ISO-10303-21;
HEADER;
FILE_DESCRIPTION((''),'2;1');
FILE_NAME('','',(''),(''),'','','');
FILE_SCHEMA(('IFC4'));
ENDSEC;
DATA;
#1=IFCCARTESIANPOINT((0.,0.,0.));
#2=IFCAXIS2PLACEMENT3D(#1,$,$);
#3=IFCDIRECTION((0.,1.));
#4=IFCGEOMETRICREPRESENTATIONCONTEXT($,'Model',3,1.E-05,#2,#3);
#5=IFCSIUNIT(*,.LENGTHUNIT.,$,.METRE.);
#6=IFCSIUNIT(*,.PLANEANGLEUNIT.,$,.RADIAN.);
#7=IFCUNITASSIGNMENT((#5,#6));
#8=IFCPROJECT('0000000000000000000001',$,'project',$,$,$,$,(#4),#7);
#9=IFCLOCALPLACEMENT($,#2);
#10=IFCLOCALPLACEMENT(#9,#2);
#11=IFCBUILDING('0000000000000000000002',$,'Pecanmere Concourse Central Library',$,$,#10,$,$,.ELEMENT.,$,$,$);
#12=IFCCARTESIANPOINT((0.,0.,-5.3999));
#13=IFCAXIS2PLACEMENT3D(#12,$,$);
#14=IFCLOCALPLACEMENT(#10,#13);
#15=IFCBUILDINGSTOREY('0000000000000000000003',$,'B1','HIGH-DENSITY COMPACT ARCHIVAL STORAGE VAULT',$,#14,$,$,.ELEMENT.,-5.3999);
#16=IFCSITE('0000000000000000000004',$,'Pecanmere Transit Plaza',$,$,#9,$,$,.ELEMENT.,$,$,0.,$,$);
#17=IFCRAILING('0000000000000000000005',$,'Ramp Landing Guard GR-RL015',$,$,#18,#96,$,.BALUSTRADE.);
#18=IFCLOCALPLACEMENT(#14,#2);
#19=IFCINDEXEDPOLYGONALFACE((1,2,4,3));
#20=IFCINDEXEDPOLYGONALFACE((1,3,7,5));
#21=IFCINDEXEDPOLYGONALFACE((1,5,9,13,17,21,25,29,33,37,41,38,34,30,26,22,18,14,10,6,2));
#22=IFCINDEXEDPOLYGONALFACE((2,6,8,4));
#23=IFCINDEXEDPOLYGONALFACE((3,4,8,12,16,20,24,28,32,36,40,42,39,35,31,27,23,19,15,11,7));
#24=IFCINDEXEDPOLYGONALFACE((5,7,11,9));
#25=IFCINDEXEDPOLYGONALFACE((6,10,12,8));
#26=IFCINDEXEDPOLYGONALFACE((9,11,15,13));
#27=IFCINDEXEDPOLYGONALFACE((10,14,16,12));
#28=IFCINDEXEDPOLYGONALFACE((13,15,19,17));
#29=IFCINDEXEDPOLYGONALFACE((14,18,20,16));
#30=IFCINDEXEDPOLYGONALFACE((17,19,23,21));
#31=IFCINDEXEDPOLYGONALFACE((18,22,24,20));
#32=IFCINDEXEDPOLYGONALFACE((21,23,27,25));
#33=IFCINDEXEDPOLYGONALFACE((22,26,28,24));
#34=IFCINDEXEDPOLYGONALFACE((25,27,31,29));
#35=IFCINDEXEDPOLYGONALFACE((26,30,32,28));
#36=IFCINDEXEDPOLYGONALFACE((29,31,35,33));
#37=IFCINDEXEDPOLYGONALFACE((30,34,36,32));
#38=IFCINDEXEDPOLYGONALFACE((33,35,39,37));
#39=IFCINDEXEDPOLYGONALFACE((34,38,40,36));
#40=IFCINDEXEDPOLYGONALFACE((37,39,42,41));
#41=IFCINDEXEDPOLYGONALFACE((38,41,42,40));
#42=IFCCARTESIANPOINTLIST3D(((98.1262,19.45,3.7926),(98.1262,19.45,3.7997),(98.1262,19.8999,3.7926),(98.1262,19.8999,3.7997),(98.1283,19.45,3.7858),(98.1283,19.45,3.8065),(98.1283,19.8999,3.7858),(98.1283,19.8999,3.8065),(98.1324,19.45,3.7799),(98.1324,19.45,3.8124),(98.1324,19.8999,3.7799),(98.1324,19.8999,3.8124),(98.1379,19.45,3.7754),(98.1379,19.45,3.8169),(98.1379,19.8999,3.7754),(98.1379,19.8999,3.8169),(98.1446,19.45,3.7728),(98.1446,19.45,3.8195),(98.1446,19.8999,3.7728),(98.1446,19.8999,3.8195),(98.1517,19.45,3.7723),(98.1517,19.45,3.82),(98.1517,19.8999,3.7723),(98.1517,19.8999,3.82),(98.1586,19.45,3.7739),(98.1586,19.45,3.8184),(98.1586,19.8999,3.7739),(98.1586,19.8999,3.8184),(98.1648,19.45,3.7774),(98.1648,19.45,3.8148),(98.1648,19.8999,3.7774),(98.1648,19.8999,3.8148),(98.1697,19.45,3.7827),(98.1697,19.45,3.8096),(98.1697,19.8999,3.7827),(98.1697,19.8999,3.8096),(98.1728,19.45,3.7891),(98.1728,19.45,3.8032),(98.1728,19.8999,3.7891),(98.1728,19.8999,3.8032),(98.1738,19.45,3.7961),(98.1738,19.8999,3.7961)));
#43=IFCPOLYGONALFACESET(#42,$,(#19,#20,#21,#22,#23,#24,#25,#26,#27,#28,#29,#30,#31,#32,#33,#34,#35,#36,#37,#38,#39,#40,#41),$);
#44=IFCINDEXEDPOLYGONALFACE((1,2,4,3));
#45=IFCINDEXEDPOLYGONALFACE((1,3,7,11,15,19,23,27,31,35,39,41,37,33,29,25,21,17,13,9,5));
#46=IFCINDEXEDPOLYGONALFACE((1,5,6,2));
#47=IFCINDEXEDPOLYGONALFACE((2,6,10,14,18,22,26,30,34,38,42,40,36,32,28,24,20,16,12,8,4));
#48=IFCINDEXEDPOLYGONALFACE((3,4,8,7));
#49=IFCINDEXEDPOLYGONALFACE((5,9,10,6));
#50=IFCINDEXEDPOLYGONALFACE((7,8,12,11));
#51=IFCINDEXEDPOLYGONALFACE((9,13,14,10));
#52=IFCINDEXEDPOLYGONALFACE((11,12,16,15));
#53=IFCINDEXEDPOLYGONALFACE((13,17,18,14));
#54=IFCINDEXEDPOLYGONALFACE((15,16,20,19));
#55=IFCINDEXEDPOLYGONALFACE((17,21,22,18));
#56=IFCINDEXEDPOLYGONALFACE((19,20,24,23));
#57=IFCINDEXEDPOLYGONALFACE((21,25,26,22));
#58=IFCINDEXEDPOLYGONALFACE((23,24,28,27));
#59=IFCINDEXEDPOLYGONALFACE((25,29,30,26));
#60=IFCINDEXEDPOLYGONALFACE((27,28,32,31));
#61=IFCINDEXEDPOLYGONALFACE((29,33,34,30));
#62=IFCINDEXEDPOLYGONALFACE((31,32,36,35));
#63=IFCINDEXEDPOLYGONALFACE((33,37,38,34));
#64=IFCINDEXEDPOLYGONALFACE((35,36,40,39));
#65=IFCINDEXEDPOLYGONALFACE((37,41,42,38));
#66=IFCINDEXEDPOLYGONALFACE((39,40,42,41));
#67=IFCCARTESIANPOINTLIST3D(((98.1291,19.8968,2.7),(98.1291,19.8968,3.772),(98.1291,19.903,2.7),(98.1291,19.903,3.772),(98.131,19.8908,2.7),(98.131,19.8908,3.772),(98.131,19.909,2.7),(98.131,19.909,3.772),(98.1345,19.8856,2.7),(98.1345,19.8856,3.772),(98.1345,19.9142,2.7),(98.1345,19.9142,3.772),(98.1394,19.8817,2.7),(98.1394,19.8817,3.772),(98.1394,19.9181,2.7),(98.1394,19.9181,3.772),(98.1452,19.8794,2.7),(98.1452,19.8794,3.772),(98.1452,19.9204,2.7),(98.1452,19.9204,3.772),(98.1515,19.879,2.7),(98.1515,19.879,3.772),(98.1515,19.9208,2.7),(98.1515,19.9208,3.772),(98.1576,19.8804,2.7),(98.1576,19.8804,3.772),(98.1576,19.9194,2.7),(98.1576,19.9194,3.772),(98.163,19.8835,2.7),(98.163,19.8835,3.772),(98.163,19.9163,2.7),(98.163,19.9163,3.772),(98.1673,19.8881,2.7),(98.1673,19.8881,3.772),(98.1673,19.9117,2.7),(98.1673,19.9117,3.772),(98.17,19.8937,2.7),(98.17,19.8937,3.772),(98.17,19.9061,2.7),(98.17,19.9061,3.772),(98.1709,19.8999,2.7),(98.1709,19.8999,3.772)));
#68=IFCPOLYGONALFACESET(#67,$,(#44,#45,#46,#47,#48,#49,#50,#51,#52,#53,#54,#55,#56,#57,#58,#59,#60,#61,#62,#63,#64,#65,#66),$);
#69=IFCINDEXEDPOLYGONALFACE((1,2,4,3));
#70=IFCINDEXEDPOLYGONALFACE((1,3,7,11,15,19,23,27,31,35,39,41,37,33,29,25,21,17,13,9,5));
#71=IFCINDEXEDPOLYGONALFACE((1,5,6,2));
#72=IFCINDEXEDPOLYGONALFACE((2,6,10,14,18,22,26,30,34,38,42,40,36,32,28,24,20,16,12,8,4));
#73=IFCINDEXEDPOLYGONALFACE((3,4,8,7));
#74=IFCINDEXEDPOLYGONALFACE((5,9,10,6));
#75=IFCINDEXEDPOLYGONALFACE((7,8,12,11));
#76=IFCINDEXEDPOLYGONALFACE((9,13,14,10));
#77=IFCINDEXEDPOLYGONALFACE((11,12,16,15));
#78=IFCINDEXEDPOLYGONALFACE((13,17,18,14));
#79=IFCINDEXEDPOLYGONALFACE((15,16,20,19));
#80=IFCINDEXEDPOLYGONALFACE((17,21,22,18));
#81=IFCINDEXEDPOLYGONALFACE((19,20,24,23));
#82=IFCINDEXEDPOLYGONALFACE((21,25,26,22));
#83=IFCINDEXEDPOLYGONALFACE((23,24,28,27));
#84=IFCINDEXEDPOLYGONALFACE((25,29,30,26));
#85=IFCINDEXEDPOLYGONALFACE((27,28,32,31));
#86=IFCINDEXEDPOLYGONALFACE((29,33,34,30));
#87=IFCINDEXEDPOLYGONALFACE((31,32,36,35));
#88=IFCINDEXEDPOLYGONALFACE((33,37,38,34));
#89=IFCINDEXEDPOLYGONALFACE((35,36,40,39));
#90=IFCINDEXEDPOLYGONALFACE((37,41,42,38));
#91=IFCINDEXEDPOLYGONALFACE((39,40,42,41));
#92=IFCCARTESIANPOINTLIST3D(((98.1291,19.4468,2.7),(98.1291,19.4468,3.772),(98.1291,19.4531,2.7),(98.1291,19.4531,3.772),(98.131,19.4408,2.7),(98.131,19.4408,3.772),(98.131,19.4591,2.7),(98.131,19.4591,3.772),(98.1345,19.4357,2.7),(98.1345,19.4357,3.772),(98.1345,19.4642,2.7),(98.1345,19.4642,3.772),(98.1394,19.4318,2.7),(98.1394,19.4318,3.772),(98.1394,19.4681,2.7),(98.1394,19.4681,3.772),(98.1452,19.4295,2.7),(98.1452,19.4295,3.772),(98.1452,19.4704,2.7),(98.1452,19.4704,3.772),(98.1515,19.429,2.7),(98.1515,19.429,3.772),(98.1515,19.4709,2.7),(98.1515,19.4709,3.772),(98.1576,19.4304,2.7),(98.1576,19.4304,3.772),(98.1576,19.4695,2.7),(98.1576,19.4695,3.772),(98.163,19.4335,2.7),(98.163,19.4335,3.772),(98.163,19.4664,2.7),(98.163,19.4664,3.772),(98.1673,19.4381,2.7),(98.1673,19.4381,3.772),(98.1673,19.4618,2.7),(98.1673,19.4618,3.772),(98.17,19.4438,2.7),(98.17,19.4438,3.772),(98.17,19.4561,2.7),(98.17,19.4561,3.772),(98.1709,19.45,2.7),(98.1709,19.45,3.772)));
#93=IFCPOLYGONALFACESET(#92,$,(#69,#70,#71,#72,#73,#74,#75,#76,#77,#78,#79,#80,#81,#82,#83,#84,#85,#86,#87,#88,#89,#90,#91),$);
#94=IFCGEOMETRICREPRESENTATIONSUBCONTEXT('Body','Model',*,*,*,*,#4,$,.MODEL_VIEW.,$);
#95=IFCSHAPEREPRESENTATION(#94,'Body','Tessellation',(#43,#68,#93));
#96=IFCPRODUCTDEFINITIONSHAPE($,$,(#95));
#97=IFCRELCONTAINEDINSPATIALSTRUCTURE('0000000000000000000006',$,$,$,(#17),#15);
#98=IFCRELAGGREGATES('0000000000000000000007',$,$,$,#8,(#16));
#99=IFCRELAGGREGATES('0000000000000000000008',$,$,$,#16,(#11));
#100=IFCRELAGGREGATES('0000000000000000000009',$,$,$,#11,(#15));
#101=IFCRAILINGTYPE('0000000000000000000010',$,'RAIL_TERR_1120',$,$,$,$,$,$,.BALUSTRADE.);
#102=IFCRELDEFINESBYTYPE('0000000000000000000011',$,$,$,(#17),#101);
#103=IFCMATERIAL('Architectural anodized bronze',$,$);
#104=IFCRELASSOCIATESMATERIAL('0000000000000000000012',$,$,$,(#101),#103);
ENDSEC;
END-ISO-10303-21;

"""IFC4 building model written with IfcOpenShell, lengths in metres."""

from ifc_helpers import new_model, si_unit, direction, frame, origin, origin_2d, place, context, subcontext, project, spatial, circle, extrude, material, type_object, element, save


model = new_model("IFC4")

# Units and contexts
model_context = context("Model", 3, precision=1e-05, world=origin(), true_north=direction((0.0, 1.0)))
body_context = subcontext(model_context, "Body", "Model", "MODEL_VIEW")
ifc_project = project(units=[si_unit("LENGTHUNIT", "METRE"), si_unit("PLANEANGLEUNIT", "RADIAN")], contexts=[model_context])

# Site, building, storey
site_placement = place(None, origin())
site = spatial("IfcSite", under=ifc_project, at=site_placement, Name="Pecanmere Transit Plaza", CompositionType="ELEMENT", RefElevation=0.0)
building_placement = place(site_placement, origin())
building = spatial("IfcBuilding", under=site, at=building_placement, Name="Pecanmere Concourse Central Library", CompositionType="ELEMENT")
storey_placement = place(building_placement, frame((0.0, 0.0, -5.3999)))
storey = spatial("IfcBuildingStorey", under=building, at=storey_placement, Name="B1", Description="HIGH-DENSITY COMPACT ARCHIVAL STORAGE VAULT", CompositionType="ELEMENT", Elevation=-5.3999)

# Railing
ifc_material_1 = material(Name="Architectural anodized bronze")
railing_type_1 = type_object("IfcRailingType", Name="RAIL_TERR_1120", PredefinedType="BALUSTRADE", material=ifc_material_1)
railing_1_placement = place(storey_placement, frame((98.1499, 19.8999, 2.7)))
element("IfcRailing", 1, at=railing_1_placement, inside=storey, type_object=railing_type_1, Name="Ramp Landing Guard GR-RL015", PredefinedType="BALUSTRADE", context=body_context, shape_type="SweptSolid", body=[
    extrude(circle(Radius=0.0239, at=origin_2d()), frame((0.0, 0.0, 1.0962), z_axis=(0.0, -1.0, 0.0), x_axis=(1.0, 0.0, 0.0)), (0.0, 0.0, 1.0), 0.45),
    extrude(circle(Radius=0.021, at=origin_2d()), origin(), (0.0, 0.0, 1.0), 1.072),
    extrude(circle(Radius=0.021, at=origin_2d()), frame((0.0, -0.45, 0.0)), (0.0, 0.0, 1.0), 1.072),
])

save(model, "model.ifc")
